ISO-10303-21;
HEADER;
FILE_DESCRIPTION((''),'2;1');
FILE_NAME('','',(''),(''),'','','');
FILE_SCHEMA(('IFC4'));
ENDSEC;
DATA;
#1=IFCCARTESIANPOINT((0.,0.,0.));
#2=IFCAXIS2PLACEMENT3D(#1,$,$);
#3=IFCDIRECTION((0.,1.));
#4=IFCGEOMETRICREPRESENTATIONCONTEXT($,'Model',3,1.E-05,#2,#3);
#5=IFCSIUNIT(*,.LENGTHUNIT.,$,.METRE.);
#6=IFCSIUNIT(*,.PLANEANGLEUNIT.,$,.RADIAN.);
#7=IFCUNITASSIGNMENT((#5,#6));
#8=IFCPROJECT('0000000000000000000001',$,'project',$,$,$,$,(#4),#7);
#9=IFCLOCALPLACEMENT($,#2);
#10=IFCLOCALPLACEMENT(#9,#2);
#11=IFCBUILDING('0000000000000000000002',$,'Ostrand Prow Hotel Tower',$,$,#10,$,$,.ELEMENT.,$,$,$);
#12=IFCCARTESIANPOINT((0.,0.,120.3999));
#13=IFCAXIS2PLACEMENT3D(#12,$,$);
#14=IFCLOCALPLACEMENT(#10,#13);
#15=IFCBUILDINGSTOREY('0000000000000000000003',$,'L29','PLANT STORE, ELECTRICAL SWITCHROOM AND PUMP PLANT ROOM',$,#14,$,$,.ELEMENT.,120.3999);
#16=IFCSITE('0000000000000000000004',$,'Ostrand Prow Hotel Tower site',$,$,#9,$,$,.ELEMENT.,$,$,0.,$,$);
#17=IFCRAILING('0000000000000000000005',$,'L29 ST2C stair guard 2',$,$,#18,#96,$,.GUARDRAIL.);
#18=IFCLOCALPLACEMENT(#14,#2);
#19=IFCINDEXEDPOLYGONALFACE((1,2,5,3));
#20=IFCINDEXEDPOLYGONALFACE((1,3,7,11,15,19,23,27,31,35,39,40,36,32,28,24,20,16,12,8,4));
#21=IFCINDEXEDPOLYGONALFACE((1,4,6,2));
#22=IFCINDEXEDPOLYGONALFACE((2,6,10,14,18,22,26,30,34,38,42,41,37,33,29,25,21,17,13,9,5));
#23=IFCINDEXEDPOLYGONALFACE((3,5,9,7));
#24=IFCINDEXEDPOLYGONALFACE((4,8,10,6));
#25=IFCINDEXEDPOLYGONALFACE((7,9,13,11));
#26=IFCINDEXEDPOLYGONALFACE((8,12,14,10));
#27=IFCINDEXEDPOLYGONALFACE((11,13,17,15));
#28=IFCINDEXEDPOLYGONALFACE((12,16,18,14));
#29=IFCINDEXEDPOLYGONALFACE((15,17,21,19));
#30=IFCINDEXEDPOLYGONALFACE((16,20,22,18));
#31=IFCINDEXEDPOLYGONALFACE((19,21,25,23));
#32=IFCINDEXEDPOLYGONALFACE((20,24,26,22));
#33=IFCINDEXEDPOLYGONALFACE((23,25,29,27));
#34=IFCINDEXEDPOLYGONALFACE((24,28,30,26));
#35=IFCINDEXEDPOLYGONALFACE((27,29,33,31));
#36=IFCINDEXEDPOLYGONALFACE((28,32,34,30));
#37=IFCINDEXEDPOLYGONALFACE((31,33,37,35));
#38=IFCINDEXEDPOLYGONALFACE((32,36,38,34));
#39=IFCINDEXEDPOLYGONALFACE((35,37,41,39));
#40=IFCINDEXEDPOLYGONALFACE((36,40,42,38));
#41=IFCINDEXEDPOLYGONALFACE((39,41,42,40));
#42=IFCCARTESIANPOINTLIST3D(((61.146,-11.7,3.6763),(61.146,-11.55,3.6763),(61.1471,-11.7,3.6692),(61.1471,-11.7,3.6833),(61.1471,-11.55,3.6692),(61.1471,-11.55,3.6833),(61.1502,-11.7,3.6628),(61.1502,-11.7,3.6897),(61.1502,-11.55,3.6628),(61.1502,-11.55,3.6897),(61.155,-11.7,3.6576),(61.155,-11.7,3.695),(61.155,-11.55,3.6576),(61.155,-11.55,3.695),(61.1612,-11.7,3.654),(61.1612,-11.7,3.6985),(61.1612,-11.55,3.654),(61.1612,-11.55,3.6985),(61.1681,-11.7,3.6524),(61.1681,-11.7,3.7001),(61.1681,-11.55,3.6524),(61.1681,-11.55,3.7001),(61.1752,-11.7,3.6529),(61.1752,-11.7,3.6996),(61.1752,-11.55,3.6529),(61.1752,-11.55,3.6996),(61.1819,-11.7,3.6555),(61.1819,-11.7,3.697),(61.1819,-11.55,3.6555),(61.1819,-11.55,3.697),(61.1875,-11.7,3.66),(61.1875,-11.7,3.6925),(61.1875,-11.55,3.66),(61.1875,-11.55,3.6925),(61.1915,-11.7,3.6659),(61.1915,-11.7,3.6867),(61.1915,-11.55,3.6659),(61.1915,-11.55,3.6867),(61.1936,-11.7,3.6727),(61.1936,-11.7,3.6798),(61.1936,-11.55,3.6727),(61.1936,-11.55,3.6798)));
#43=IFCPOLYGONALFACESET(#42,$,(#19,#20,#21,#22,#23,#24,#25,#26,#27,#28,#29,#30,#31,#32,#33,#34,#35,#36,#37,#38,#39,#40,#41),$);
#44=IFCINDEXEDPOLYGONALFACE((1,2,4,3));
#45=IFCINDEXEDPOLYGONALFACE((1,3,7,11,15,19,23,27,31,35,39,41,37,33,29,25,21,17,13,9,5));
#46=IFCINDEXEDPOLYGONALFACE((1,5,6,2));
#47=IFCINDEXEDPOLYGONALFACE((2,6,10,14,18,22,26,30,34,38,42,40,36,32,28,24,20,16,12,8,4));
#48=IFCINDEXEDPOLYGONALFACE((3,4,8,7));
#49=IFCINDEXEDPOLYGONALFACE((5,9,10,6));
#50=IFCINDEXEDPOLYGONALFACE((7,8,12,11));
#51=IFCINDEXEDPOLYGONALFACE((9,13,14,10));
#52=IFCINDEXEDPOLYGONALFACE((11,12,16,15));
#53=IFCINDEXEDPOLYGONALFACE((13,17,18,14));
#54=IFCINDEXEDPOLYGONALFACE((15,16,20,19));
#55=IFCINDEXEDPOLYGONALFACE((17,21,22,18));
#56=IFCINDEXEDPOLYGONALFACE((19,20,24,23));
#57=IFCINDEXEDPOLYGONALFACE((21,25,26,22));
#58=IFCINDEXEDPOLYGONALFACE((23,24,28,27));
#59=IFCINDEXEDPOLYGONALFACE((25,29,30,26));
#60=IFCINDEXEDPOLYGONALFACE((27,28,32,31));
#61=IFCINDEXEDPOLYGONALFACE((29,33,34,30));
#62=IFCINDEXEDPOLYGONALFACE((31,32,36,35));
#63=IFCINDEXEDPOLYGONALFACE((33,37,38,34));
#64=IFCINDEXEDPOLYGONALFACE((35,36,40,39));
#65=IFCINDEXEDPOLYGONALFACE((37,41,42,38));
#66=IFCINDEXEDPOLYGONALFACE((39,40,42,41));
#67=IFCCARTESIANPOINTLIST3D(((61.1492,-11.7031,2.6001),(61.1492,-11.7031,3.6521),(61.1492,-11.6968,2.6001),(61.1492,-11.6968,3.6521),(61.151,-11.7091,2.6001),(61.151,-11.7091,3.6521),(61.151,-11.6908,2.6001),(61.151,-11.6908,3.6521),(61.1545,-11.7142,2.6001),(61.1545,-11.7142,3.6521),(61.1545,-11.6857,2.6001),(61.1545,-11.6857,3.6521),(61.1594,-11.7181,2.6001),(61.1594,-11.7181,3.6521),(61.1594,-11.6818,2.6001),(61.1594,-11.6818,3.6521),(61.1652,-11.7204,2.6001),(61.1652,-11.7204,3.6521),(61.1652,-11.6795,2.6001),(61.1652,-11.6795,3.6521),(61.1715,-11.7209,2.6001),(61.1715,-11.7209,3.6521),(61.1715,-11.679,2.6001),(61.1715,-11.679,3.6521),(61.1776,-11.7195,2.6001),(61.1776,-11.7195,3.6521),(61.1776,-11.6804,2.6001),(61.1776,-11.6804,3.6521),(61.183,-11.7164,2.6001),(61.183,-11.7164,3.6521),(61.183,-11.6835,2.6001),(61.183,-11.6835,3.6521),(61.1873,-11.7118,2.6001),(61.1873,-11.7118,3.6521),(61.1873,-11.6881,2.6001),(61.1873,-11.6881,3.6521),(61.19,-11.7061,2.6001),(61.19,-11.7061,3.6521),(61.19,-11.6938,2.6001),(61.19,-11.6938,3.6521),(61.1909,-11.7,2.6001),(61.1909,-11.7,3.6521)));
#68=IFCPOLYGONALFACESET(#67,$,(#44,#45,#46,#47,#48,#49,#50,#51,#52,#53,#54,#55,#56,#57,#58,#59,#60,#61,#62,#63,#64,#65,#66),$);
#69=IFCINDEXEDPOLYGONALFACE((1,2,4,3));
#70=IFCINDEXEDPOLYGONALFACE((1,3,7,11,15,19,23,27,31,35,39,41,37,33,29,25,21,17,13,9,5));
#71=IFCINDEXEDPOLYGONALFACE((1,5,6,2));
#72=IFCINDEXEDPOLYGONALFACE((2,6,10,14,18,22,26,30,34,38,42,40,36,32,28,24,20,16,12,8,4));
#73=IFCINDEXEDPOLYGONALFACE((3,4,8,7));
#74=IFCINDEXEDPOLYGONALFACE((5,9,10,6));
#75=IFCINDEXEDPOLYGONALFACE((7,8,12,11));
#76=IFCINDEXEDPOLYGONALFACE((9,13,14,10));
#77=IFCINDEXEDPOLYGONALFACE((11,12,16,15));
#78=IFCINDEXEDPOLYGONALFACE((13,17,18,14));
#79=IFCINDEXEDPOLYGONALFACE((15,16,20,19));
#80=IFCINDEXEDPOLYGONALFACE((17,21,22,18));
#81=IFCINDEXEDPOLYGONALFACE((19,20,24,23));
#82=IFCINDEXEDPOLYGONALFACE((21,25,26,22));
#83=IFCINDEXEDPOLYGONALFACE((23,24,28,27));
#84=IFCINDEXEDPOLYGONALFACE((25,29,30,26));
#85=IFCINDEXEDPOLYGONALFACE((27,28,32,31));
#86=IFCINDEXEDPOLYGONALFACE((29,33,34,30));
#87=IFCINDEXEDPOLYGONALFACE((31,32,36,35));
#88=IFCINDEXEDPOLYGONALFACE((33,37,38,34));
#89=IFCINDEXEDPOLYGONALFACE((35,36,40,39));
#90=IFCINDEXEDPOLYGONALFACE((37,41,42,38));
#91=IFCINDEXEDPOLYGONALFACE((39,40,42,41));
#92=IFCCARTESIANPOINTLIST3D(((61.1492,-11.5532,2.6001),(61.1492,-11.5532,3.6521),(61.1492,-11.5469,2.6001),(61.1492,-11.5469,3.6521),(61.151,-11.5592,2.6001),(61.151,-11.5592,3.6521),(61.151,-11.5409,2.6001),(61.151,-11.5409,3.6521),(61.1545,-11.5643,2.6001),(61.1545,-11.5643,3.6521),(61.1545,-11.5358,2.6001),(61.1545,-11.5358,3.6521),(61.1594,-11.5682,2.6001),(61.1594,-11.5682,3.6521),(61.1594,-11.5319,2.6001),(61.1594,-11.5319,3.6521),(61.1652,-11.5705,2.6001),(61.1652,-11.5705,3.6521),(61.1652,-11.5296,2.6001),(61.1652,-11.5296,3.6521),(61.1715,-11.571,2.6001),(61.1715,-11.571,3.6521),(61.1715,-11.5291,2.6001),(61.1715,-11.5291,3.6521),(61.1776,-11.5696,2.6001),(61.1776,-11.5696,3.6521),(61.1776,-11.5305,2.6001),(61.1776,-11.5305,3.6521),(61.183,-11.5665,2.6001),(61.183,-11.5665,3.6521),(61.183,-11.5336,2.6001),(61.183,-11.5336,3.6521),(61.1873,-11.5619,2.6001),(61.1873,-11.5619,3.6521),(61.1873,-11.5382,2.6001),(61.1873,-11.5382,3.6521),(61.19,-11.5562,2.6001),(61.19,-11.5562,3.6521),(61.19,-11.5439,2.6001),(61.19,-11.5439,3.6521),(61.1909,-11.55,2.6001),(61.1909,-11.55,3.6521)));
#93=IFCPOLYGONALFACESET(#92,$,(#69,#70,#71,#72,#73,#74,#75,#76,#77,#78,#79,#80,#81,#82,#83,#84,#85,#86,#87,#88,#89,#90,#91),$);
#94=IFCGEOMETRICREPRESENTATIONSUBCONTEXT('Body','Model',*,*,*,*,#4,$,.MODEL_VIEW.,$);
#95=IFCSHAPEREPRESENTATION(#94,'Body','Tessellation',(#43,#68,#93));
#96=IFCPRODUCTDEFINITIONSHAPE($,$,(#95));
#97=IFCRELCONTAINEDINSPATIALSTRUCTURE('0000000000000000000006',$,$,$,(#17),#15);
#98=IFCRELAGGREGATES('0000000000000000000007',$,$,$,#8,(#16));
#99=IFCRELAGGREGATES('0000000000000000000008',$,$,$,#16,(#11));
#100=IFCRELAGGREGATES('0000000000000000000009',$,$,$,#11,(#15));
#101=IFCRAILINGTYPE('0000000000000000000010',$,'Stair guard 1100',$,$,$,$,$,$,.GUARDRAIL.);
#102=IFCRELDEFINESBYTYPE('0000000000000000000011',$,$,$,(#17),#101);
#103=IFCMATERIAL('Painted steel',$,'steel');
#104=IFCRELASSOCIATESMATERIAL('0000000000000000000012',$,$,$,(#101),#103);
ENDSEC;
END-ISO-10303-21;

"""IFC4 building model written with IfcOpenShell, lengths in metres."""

from ifc_helpers import new_model, si_unit, direction, frame, origin, origin_2d, place, context, subcontext, project, spatial, circle, extrude, material, type_object, element, save


model = new_model("IFC4")

# Units and contexts
model_context = context("Model", 3, precision=1e-05, world=origin(), true_north=direction((0.0, 1.0)))
body_context = subcontext(model_context, "Body", "Model", "MODEL_VIEW")
ifc_project = project(units=[si_unit("LENGTHUNIT", "METRE"), si_unit("PLANEANGLEUNIT", "RADIAN")], contexts=[model_context])

# Site, building, storey
site_placement = place(None, origin())
site = spatial("IfcSite", under=ifc_project, at=site_placement, Name="Ostrand Prow Hotel Tower site", CompositionType="ELEMENT", RefElevation=0.0)
building_placement = place(site_placement, origin())
building = spatial("IfcBuilding", under=site, at=building_placement, Name="Ostrand Prow Hotel Tower", CompositionType="ELEMENT")
storey_placement = place(building_placement, frame((0.0, 0.0, 120.3999)))
storey = spatial("IfcBuildingStorey", under=building, at=storey_placement, Name="L29", Description="PLANT STORE, ELECTRICAL SWITCHROOM AND PUMP PLANT ROOM", CompositionType="ELEMENT", Elevation=120.3999)

# Railing
ifc_material_1 = material(Name="Painted steel", Category="steel")
railing_type_1 = type_object("IfcRailingType", Name="Stair guard 1100", PredefinedType="GUARDRAIL", material=ifc_material_1)
railing_1_placement = place(storey_placement, frame((61.1699, -11.7, 2.6001)))
element("IfcRailing", 1, at=railing_1_placement, inside=storey, type_object=railing_type_1, Name="L29 ST2C stair guard 2", PredefinedType="GUARDRAIL", context=body_context, shape_type="SweptSolid", body=[
    extrude(circle(Radius=0.0239, at=origin_2d()), frame((0.0, 0.0, 1.0762), z_axis=(0.0, 1.0, 0.0), x_axis=(-1.0, 0.0, 0.0)), (0.0, 0.0, 1.0), 0.1499),
    extrude(circle(Radius=0.021, at=origin_2d()), origin(), (0.0, 0.0, 1.0), 1.052),
    extrude(circle(Radius=0.021, at=origin_2d()), frame((0.0, 0.1499, 0.0)), (0.0, 0.0, 1.0), 1.052),
])

save(model, "model.ifc")
